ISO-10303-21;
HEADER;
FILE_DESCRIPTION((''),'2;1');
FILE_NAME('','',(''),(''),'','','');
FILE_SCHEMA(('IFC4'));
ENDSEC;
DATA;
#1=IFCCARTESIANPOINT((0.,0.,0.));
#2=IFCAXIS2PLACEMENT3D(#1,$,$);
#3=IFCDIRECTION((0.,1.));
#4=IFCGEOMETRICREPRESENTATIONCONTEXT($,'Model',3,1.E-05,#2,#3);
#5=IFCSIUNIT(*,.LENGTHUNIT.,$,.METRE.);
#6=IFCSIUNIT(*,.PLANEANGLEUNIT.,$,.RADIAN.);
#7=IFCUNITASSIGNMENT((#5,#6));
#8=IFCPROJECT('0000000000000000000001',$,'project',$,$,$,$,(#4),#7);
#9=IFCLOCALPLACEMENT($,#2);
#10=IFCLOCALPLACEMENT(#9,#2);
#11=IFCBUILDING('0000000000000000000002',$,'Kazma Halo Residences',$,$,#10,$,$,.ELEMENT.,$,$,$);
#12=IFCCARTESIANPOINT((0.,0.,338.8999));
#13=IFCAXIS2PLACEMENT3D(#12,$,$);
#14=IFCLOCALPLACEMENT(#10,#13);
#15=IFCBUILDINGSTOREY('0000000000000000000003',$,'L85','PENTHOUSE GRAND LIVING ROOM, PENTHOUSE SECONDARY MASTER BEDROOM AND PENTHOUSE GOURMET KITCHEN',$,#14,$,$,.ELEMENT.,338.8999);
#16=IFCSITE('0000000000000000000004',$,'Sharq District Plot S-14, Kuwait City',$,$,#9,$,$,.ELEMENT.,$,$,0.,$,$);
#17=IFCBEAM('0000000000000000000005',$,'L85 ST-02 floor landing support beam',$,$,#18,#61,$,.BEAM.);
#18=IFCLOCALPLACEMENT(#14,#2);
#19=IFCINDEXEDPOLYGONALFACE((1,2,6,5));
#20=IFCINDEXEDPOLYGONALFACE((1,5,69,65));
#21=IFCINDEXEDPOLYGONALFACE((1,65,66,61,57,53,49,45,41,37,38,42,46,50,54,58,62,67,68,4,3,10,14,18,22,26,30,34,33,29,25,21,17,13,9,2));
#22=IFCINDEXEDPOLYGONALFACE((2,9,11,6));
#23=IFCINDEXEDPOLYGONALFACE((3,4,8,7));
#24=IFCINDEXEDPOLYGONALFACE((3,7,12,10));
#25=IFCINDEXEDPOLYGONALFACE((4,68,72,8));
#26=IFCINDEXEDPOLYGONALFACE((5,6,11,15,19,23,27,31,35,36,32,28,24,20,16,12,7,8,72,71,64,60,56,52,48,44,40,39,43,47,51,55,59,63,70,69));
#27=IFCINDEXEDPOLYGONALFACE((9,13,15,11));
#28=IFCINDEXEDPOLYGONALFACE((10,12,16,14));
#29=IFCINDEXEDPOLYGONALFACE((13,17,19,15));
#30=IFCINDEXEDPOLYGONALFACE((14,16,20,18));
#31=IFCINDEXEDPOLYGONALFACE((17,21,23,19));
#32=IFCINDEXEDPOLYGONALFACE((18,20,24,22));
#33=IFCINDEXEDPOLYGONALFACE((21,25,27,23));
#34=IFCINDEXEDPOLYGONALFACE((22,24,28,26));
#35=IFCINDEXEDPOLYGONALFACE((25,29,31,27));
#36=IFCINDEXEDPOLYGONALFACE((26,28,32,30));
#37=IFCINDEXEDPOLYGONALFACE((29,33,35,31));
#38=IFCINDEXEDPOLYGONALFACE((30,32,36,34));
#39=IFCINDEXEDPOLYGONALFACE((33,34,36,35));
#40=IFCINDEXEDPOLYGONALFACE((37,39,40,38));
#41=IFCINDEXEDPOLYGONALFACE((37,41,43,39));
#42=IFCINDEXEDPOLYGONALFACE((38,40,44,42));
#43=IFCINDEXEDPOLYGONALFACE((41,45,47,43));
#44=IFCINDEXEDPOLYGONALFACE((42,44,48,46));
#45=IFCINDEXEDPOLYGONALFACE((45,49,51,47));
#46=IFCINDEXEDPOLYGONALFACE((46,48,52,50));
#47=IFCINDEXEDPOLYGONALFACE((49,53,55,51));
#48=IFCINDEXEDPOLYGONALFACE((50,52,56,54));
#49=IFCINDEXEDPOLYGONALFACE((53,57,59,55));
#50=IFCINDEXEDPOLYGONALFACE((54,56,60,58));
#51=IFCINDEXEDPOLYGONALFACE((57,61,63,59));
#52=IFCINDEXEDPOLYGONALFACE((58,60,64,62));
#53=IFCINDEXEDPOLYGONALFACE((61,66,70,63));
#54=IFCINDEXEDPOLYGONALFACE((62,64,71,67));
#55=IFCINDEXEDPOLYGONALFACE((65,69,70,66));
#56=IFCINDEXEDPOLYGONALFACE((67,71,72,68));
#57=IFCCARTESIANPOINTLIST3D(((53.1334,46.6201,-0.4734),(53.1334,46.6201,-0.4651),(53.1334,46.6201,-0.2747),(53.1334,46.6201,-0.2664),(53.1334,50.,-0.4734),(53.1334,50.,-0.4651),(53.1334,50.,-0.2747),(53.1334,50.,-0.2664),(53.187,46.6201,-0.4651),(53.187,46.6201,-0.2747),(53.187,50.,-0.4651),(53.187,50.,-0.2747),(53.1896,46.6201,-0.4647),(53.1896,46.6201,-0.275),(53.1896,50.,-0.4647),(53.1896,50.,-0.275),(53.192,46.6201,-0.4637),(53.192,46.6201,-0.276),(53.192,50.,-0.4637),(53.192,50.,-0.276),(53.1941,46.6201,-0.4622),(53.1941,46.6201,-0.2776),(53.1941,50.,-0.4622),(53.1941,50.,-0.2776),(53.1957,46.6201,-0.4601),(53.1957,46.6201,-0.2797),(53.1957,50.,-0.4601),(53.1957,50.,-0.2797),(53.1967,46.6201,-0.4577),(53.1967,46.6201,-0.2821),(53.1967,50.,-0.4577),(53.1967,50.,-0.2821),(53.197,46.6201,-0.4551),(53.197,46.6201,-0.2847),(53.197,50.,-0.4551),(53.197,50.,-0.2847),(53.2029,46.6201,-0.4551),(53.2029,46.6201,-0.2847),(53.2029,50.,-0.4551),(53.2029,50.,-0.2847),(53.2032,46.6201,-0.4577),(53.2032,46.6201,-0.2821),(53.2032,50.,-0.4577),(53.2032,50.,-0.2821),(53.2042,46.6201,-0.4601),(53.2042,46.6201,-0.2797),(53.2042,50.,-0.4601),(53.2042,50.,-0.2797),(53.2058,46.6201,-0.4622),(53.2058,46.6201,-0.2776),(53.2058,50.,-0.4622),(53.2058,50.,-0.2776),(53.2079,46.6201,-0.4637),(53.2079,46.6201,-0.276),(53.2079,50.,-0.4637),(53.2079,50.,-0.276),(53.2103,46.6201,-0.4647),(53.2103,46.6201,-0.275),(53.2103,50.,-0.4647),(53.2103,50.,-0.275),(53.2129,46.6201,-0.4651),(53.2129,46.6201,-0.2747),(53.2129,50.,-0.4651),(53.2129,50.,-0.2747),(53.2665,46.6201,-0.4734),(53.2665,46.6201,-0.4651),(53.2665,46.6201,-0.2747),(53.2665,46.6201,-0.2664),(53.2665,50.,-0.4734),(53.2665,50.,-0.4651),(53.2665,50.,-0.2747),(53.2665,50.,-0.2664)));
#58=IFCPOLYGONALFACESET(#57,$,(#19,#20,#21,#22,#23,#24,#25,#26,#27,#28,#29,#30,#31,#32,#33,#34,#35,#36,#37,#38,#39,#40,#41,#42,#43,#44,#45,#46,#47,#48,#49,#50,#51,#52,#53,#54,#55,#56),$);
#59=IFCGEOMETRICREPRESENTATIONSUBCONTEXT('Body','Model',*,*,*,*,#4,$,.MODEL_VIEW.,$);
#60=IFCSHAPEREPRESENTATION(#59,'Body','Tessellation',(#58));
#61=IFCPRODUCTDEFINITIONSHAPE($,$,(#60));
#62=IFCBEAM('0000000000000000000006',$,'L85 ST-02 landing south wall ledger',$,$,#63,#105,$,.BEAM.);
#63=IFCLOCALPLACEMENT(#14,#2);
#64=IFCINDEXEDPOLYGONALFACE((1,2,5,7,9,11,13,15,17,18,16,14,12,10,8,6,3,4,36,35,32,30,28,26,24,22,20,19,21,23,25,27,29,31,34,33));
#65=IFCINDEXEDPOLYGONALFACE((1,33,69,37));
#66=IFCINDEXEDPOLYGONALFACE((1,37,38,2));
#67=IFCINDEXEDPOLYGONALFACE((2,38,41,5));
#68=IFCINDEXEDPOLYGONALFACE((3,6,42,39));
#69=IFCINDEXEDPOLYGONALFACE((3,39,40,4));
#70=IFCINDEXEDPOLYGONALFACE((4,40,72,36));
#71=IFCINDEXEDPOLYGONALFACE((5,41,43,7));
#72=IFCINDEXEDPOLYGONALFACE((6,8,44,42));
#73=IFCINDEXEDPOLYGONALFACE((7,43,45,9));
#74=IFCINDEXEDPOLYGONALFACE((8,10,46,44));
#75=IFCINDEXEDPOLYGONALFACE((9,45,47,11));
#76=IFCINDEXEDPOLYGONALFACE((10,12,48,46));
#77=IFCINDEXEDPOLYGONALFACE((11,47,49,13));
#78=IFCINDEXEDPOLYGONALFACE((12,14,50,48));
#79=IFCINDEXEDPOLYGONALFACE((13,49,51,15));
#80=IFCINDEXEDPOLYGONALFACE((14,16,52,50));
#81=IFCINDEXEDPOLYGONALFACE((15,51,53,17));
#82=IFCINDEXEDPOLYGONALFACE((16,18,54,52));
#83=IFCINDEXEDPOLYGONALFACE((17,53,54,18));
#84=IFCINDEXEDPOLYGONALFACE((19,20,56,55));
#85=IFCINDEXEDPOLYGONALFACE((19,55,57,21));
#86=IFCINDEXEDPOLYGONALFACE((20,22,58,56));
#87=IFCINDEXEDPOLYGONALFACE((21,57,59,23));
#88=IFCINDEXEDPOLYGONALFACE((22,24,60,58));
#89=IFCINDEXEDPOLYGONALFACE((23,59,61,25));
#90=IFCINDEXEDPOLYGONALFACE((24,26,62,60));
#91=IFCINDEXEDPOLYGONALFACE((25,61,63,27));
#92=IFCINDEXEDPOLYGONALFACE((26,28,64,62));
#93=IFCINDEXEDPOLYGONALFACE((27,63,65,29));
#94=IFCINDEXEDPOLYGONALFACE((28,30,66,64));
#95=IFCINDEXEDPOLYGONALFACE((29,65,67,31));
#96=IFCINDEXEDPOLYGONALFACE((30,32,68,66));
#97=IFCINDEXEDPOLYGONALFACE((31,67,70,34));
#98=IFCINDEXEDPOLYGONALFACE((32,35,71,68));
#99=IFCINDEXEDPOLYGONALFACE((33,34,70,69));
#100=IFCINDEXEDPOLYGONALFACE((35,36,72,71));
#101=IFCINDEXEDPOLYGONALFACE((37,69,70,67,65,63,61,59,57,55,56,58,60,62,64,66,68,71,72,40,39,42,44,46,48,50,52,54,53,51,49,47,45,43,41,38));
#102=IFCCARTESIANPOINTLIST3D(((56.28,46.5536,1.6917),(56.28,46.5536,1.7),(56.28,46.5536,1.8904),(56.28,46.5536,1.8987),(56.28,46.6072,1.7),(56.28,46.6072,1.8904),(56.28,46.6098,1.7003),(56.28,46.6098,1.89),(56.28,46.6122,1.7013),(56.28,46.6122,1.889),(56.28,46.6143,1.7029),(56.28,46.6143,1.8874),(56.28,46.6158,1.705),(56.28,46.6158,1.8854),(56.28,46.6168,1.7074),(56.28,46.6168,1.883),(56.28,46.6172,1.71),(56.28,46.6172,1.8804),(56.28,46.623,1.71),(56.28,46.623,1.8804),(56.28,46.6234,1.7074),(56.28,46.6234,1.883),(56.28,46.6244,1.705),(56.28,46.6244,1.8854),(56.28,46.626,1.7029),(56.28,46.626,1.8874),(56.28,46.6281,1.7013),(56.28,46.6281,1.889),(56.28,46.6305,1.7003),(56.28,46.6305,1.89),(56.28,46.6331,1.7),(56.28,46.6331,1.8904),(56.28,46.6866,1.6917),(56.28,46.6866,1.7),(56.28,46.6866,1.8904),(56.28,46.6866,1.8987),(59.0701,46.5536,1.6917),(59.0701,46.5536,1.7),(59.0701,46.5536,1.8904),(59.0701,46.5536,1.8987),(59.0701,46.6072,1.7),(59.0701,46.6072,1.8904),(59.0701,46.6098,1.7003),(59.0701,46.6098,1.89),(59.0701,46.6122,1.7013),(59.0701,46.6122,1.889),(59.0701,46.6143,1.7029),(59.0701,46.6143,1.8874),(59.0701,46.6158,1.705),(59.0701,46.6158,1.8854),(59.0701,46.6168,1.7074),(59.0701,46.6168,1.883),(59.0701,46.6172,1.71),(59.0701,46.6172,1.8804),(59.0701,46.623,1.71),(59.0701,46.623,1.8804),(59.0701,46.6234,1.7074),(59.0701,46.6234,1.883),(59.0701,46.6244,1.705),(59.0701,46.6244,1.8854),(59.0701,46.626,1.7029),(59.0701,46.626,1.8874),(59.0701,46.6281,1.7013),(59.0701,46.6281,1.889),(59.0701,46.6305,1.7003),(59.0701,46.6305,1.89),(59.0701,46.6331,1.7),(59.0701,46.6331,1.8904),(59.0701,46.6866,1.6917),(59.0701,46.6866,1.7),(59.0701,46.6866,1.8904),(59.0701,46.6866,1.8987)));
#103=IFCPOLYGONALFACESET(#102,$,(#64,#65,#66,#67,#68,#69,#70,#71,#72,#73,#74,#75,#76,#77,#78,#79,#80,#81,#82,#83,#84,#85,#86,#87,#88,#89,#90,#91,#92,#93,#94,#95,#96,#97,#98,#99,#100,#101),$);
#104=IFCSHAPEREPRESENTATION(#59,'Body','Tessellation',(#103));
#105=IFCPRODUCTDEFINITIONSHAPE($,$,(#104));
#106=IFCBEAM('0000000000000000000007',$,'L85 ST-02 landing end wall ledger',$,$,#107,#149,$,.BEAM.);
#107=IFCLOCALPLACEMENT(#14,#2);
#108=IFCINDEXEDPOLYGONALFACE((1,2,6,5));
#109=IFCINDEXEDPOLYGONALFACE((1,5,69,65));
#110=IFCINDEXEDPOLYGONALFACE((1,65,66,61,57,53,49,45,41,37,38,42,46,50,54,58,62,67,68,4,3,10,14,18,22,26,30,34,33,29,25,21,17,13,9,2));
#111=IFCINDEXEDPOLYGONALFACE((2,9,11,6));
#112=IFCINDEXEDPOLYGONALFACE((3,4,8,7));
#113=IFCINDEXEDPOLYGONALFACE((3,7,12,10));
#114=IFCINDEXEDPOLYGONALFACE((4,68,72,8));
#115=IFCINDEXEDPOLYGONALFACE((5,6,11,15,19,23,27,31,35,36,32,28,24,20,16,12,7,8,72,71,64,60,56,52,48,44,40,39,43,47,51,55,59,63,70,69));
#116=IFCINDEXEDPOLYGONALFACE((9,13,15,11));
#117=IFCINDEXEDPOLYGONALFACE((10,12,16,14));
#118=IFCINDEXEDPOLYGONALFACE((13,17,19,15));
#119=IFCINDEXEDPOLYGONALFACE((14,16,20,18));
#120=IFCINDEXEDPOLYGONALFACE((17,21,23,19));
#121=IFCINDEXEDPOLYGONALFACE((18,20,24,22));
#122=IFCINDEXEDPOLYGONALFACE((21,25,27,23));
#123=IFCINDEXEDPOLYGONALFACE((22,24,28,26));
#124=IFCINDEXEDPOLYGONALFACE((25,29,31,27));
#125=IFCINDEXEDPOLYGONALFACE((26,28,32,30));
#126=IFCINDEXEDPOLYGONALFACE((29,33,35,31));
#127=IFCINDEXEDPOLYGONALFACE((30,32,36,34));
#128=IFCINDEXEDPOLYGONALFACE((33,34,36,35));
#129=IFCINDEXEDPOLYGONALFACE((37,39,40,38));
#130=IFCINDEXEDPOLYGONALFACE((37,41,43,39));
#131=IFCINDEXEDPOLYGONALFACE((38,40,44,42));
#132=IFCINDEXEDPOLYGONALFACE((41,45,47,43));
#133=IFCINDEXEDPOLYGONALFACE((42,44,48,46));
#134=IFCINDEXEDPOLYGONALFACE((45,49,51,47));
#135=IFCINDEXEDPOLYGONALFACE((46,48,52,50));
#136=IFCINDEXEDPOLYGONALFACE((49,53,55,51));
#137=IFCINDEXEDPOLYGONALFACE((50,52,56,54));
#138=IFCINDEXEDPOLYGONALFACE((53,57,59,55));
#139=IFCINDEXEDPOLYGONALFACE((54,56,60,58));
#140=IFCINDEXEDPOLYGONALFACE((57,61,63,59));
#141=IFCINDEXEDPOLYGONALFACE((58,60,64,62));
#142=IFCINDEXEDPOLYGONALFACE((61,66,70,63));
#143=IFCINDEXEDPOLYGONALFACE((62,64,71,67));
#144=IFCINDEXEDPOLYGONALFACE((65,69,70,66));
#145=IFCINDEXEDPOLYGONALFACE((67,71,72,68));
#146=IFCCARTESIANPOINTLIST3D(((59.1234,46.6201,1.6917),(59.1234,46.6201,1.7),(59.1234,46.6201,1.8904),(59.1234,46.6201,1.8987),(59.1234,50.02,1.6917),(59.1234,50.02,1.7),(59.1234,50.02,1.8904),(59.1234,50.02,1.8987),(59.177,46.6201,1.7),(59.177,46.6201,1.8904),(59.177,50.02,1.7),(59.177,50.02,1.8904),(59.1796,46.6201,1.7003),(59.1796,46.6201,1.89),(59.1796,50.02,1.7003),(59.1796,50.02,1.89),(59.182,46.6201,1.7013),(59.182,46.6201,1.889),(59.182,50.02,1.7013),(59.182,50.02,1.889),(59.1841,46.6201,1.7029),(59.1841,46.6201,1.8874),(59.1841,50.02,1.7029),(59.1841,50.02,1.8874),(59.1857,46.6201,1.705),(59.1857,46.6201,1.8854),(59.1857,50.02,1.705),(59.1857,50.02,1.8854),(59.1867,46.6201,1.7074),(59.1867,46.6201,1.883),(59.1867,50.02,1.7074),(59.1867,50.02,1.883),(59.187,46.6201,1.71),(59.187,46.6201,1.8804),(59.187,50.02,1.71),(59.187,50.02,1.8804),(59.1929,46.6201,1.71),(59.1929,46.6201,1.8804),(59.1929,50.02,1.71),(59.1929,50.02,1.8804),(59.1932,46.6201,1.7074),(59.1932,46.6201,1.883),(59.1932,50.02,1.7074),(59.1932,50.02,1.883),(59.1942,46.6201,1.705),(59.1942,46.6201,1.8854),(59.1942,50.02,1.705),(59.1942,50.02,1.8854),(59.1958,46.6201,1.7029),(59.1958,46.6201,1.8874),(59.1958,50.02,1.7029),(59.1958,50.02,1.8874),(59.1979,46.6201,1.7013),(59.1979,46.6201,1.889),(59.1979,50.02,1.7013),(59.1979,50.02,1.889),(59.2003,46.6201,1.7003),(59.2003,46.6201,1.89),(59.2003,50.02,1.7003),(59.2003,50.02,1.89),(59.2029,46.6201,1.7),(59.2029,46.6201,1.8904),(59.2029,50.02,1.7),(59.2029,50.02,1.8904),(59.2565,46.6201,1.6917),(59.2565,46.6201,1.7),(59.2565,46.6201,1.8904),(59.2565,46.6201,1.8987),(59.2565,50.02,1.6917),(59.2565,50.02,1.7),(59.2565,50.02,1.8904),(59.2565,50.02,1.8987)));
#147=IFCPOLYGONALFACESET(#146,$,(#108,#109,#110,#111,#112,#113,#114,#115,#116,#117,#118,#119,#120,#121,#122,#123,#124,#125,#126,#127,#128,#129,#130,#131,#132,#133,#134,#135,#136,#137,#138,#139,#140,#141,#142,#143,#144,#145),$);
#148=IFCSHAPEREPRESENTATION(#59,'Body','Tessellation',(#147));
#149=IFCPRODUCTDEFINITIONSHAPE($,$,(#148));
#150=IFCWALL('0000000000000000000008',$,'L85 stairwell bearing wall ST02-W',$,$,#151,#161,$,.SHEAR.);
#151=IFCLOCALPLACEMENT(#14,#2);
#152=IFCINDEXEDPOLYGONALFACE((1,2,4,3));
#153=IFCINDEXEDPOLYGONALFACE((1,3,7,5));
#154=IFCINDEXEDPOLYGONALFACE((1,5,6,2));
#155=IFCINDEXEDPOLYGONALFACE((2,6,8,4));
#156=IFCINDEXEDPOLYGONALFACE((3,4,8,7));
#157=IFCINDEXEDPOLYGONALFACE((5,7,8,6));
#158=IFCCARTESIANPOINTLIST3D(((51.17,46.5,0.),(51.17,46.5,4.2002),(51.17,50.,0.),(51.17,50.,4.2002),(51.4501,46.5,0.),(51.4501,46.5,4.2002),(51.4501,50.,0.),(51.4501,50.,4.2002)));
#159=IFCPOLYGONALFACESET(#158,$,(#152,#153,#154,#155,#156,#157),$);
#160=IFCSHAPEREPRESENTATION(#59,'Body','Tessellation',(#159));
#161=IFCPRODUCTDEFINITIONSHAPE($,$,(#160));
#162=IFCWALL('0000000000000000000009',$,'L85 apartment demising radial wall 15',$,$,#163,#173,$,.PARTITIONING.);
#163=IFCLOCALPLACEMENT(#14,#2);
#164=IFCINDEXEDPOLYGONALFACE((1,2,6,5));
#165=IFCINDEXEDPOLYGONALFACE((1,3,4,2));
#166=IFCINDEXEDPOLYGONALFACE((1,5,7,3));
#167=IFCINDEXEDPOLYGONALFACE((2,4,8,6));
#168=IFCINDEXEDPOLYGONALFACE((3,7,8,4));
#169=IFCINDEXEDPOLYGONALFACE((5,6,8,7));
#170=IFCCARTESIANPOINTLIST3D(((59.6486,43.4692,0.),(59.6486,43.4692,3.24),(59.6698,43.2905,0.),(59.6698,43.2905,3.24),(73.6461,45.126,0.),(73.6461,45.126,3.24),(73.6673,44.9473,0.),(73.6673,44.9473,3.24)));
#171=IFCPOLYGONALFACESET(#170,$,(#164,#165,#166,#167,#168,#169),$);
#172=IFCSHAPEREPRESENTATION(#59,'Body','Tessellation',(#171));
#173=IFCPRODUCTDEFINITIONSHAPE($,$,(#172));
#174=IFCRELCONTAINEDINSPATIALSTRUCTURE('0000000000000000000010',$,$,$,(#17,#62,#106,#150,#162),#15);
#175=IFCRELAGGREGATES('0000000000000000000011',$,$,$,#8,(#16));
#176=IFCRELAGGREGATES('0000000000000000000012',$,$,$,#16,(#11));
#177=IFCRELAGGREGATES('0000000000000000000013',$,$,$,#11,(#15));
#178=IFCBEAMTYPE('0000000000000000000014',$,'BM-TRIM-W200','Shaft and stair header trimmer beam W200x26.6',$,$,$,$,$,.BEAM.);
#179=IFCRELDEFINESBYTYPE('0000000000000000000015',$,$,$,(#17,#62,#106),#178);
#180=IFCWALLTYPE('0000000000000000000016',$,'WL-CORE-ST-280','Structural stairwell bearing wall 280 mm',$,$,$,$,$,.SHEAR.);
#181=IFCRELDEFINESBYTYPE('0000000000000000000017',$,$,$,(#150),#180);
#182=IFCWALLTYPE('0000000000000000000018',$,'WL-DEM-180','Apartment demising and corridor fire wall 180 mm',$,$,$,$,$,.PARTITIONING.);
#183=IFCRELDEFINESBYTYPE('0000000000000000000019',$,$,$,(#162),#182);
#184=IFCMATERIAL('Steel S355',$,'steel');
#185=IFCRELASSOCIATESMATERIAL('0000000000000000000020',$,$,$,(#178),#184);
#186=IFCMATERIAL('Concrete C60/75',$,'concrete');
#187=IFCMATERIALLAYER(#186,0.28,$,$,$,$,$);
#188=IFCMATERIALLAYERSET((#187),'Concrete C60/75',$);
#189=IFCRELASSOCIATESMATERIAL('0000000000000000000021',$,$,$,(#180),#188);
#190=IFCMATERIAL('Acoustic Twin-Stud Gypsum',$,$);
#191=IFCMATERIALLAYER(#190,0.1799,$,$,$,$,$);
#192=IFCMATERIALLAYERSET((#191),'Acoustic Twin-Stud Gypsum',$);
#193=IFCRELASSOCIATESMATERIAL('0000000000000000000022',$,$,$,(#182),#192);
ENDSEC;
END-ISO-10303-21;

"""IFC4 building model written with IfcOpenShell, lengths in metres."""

from ifc_helpers import new_model, si_unit, direction, frame, frame_2d, origin, origin_2d, place, context, subcontext, project, spatial, rectangle, i_section, extrude, material, layer, layer_set, material_profile, profile_set, type_object, element, save


model = new_model("IFC4")

# Units and contexts
model_context = context("Model", 3, precision=1e-05, world=origin(), true_north=direction((0.0, 1.0)))
body_context = subcontext(model_context, "Body", "Model", "MODEL_VIEW")
ifc_project = project(units=[si_unit("LENGTHUNIT", "METRE"), si_unit("PLANEANGLEUNIT", "RADIAN")], contexts=[model_context])

# Site, building, storey
site_placement = place(None, origin())
site = spatial("IfcSite", under=ifc_project, at=site_placement, Name="Sharq District Plot S-14, Kuwait City", CompositionType="ELEMENT", RefElevation=0.0)
building_placement = place(site_placement, origin())
building = spatial("IfcBuilding", under=site, at=building_placement, Name="Kazma Halo Residences", CompositionType="ELEMENT")
storey_placement = place(building_placement, frame((0.0, 0.0, 338.8999)))
storey = spatial("IfcBuildingStorey", under=building, at=storey_placement, Name="L85", Description="PENTHOUSE GRAND LIVING ROOM, PENTHOUSE SECONDARY MASTER BEDROOM AND PENTHOUSE GOURMET KITCHEN", CompositionType="ELEMENT", Elevation=338.8999)

# Shared definitions
ifc_material_1 = material(Name="Steel S355", Category="steel")

# Beams
ifc_material_profile_1 = material_profile(ifc_material_1, i_section(OverallWidth=0.1331, OverallDepth=0.207, WebThickness=0.0059, FlangeThickness=0.0083, FilletRadius=0.01, at=origin_2d()), Name="W200x26.6")
ifc_profile_set_1 = profile_set([ifc_material_profile_1], Name="Steel S355")
beam_type_1 = type_object("IfcBeamType", Name="BM-TRIM-W200", Description="Shaft and stair header trimmer beam W200x26.6", PredefinedType="BEAM", material=ifc_profile_set_1)
beam_1_placement = place(storey_placement, frame((53.2, 46.6201, -0.3699), z_axis=(0.0, 1.0, 0.0), x_axis=(-1.0, 0.0, 0.0)))
element("IfcBeam", 1, at=beam_1_placement, inside=storey, type_object=beam_type_1, Name="L85 ST-02 floor landing support beam", PredefinedType="BEAM", context=body_context, shape_type="SweptSolid", body=[
    extrude(i_section(OverallWidth=0.1331, OverallDepth=0.207, WebThickness=0.0059, FlangeThickness=0.0083, FilletRadius=0.01, at=origin_2d()), origin(), (0.0, 0.0, 1.0), 3.3799),
])
beam_2_placement = place(storey_placement, frame((56.28, 46.6201, 1.7952), z_axis=(1.0, 0.0, 0.0), x_axis=(0.0, 1.0, 0.0)))
element("IfcBeam", 2, at=beam_2_placement, inside=storey, type_object=beam_type_1, Name="L85 ST-02 landing south wall ledger", PredefinedType="BEAM", context=body_context, shape_type="SweptSolid", body=[
    extrude(i_section(OverallWidth=0.1331, OverallDepth=0.207, WebThickness=0.0059, FlangeThickness=0.0083, FilletRadius=0.01, at=origin_2d()), origin(), (0.0, 0.0, 1.0), 2.79),
])
beam_3_placement = place(storey_placement, frame((59.1899, 46.6201, 1.7952), z_axis=(0.0, 1.0, 0.0), x_axis=(-1.0, 0.0, 0.0)))
element("IfcBeam", 3, at=beam_3_placement, inside=storey, type_object=beam_type_1, Name="L85 ST-02 landing end wall ledger", PredefinedType="BEAM", context=body_context, shape_type="SweptSolid", body=[
    extrude(i_section(OverallWidth=0.1331, OverallDepth=0.207, WebThickness=0.0059, FlangeThickness=0.0083, FilletRadius=0.01, at=origin_2d()), origin(), (0.0, 0.0, 1.0), 3.3999),
])

# Walls
ifc_material_2 = material(Name="Concrete C60/75", Category="concrete")
ifc_layer_1 = layer(ifc_material_2, 0.28)
ifc_layer_set_1 = layer_set([ifc_layer_1], Name="Concrete C60/75")
wall_type_1 = type_object("IfcWallType", Name="WL-CORE-ST-280", Description="Structural stairwell bearing wall 280 mm", PredefinedType="SHEAR", material=ifc_layer_set_1)
wall_1_placement = place(storey_placement, frame((51.3101, 46.5, 0.0), z_axis=(0.0, 0.0, 1.0), x_axis=(0.0, 1.0, 0.0)))
element("IfcWall", 4, at=wall_1_placement, inside=storey, type_object=wall_type_1, Name="L85 stairwell bearing wall ST02-W", PredefinedType="SHEAR", context=body_context, shape_type="SweptSolid", body=[
    extrude(rectangle(XDim=3.5, YDim=0.28, at=frame_2d((1.75, 0.0))), origin(), (0.0, 0.0, 1.0), 4.2002),
])
ifc_material_3 = material(Name="Acoustic Twin-Stud Gypsum")
ifc_layer_2 = layer(ifc_material_3, 0.1799)
ifc_layer_set_2 = layer_set([ifc_layer_2], Name="Acoustic Twin-Stud Gypsum")
wall_type_2 = type_object("IfcWallType", Name="WL-DEM-180", Description="Apartment demising and corridor fire wall 180 mm", PredefinedType="PARTITIONING", material=ifc_layer_set_2)
wall_2_placement = place(storey_placement, frame((59.6592, 43.3799, 0.0), z_axis=(0.0, 0.0, 1.0), x_axis=(0.993068, 0.117539, 0.0)))
element("IfcWall", 5, at=wall_2_placement, inside=storey, type_object=wall_type_2, Name="L85 apartment demising radial wall 15", PredefinedType="PARTITIONING", context=body_context, shape_type="SweptSolid", body=[
    extrude(rectangle(XDim=14.0952, YDim=0.1799, at=frame_2d((7.0476, 0.0))), origin(), (0.0, 0.0, 1.0), 3.24),
])

save(model, "model.ifc")
